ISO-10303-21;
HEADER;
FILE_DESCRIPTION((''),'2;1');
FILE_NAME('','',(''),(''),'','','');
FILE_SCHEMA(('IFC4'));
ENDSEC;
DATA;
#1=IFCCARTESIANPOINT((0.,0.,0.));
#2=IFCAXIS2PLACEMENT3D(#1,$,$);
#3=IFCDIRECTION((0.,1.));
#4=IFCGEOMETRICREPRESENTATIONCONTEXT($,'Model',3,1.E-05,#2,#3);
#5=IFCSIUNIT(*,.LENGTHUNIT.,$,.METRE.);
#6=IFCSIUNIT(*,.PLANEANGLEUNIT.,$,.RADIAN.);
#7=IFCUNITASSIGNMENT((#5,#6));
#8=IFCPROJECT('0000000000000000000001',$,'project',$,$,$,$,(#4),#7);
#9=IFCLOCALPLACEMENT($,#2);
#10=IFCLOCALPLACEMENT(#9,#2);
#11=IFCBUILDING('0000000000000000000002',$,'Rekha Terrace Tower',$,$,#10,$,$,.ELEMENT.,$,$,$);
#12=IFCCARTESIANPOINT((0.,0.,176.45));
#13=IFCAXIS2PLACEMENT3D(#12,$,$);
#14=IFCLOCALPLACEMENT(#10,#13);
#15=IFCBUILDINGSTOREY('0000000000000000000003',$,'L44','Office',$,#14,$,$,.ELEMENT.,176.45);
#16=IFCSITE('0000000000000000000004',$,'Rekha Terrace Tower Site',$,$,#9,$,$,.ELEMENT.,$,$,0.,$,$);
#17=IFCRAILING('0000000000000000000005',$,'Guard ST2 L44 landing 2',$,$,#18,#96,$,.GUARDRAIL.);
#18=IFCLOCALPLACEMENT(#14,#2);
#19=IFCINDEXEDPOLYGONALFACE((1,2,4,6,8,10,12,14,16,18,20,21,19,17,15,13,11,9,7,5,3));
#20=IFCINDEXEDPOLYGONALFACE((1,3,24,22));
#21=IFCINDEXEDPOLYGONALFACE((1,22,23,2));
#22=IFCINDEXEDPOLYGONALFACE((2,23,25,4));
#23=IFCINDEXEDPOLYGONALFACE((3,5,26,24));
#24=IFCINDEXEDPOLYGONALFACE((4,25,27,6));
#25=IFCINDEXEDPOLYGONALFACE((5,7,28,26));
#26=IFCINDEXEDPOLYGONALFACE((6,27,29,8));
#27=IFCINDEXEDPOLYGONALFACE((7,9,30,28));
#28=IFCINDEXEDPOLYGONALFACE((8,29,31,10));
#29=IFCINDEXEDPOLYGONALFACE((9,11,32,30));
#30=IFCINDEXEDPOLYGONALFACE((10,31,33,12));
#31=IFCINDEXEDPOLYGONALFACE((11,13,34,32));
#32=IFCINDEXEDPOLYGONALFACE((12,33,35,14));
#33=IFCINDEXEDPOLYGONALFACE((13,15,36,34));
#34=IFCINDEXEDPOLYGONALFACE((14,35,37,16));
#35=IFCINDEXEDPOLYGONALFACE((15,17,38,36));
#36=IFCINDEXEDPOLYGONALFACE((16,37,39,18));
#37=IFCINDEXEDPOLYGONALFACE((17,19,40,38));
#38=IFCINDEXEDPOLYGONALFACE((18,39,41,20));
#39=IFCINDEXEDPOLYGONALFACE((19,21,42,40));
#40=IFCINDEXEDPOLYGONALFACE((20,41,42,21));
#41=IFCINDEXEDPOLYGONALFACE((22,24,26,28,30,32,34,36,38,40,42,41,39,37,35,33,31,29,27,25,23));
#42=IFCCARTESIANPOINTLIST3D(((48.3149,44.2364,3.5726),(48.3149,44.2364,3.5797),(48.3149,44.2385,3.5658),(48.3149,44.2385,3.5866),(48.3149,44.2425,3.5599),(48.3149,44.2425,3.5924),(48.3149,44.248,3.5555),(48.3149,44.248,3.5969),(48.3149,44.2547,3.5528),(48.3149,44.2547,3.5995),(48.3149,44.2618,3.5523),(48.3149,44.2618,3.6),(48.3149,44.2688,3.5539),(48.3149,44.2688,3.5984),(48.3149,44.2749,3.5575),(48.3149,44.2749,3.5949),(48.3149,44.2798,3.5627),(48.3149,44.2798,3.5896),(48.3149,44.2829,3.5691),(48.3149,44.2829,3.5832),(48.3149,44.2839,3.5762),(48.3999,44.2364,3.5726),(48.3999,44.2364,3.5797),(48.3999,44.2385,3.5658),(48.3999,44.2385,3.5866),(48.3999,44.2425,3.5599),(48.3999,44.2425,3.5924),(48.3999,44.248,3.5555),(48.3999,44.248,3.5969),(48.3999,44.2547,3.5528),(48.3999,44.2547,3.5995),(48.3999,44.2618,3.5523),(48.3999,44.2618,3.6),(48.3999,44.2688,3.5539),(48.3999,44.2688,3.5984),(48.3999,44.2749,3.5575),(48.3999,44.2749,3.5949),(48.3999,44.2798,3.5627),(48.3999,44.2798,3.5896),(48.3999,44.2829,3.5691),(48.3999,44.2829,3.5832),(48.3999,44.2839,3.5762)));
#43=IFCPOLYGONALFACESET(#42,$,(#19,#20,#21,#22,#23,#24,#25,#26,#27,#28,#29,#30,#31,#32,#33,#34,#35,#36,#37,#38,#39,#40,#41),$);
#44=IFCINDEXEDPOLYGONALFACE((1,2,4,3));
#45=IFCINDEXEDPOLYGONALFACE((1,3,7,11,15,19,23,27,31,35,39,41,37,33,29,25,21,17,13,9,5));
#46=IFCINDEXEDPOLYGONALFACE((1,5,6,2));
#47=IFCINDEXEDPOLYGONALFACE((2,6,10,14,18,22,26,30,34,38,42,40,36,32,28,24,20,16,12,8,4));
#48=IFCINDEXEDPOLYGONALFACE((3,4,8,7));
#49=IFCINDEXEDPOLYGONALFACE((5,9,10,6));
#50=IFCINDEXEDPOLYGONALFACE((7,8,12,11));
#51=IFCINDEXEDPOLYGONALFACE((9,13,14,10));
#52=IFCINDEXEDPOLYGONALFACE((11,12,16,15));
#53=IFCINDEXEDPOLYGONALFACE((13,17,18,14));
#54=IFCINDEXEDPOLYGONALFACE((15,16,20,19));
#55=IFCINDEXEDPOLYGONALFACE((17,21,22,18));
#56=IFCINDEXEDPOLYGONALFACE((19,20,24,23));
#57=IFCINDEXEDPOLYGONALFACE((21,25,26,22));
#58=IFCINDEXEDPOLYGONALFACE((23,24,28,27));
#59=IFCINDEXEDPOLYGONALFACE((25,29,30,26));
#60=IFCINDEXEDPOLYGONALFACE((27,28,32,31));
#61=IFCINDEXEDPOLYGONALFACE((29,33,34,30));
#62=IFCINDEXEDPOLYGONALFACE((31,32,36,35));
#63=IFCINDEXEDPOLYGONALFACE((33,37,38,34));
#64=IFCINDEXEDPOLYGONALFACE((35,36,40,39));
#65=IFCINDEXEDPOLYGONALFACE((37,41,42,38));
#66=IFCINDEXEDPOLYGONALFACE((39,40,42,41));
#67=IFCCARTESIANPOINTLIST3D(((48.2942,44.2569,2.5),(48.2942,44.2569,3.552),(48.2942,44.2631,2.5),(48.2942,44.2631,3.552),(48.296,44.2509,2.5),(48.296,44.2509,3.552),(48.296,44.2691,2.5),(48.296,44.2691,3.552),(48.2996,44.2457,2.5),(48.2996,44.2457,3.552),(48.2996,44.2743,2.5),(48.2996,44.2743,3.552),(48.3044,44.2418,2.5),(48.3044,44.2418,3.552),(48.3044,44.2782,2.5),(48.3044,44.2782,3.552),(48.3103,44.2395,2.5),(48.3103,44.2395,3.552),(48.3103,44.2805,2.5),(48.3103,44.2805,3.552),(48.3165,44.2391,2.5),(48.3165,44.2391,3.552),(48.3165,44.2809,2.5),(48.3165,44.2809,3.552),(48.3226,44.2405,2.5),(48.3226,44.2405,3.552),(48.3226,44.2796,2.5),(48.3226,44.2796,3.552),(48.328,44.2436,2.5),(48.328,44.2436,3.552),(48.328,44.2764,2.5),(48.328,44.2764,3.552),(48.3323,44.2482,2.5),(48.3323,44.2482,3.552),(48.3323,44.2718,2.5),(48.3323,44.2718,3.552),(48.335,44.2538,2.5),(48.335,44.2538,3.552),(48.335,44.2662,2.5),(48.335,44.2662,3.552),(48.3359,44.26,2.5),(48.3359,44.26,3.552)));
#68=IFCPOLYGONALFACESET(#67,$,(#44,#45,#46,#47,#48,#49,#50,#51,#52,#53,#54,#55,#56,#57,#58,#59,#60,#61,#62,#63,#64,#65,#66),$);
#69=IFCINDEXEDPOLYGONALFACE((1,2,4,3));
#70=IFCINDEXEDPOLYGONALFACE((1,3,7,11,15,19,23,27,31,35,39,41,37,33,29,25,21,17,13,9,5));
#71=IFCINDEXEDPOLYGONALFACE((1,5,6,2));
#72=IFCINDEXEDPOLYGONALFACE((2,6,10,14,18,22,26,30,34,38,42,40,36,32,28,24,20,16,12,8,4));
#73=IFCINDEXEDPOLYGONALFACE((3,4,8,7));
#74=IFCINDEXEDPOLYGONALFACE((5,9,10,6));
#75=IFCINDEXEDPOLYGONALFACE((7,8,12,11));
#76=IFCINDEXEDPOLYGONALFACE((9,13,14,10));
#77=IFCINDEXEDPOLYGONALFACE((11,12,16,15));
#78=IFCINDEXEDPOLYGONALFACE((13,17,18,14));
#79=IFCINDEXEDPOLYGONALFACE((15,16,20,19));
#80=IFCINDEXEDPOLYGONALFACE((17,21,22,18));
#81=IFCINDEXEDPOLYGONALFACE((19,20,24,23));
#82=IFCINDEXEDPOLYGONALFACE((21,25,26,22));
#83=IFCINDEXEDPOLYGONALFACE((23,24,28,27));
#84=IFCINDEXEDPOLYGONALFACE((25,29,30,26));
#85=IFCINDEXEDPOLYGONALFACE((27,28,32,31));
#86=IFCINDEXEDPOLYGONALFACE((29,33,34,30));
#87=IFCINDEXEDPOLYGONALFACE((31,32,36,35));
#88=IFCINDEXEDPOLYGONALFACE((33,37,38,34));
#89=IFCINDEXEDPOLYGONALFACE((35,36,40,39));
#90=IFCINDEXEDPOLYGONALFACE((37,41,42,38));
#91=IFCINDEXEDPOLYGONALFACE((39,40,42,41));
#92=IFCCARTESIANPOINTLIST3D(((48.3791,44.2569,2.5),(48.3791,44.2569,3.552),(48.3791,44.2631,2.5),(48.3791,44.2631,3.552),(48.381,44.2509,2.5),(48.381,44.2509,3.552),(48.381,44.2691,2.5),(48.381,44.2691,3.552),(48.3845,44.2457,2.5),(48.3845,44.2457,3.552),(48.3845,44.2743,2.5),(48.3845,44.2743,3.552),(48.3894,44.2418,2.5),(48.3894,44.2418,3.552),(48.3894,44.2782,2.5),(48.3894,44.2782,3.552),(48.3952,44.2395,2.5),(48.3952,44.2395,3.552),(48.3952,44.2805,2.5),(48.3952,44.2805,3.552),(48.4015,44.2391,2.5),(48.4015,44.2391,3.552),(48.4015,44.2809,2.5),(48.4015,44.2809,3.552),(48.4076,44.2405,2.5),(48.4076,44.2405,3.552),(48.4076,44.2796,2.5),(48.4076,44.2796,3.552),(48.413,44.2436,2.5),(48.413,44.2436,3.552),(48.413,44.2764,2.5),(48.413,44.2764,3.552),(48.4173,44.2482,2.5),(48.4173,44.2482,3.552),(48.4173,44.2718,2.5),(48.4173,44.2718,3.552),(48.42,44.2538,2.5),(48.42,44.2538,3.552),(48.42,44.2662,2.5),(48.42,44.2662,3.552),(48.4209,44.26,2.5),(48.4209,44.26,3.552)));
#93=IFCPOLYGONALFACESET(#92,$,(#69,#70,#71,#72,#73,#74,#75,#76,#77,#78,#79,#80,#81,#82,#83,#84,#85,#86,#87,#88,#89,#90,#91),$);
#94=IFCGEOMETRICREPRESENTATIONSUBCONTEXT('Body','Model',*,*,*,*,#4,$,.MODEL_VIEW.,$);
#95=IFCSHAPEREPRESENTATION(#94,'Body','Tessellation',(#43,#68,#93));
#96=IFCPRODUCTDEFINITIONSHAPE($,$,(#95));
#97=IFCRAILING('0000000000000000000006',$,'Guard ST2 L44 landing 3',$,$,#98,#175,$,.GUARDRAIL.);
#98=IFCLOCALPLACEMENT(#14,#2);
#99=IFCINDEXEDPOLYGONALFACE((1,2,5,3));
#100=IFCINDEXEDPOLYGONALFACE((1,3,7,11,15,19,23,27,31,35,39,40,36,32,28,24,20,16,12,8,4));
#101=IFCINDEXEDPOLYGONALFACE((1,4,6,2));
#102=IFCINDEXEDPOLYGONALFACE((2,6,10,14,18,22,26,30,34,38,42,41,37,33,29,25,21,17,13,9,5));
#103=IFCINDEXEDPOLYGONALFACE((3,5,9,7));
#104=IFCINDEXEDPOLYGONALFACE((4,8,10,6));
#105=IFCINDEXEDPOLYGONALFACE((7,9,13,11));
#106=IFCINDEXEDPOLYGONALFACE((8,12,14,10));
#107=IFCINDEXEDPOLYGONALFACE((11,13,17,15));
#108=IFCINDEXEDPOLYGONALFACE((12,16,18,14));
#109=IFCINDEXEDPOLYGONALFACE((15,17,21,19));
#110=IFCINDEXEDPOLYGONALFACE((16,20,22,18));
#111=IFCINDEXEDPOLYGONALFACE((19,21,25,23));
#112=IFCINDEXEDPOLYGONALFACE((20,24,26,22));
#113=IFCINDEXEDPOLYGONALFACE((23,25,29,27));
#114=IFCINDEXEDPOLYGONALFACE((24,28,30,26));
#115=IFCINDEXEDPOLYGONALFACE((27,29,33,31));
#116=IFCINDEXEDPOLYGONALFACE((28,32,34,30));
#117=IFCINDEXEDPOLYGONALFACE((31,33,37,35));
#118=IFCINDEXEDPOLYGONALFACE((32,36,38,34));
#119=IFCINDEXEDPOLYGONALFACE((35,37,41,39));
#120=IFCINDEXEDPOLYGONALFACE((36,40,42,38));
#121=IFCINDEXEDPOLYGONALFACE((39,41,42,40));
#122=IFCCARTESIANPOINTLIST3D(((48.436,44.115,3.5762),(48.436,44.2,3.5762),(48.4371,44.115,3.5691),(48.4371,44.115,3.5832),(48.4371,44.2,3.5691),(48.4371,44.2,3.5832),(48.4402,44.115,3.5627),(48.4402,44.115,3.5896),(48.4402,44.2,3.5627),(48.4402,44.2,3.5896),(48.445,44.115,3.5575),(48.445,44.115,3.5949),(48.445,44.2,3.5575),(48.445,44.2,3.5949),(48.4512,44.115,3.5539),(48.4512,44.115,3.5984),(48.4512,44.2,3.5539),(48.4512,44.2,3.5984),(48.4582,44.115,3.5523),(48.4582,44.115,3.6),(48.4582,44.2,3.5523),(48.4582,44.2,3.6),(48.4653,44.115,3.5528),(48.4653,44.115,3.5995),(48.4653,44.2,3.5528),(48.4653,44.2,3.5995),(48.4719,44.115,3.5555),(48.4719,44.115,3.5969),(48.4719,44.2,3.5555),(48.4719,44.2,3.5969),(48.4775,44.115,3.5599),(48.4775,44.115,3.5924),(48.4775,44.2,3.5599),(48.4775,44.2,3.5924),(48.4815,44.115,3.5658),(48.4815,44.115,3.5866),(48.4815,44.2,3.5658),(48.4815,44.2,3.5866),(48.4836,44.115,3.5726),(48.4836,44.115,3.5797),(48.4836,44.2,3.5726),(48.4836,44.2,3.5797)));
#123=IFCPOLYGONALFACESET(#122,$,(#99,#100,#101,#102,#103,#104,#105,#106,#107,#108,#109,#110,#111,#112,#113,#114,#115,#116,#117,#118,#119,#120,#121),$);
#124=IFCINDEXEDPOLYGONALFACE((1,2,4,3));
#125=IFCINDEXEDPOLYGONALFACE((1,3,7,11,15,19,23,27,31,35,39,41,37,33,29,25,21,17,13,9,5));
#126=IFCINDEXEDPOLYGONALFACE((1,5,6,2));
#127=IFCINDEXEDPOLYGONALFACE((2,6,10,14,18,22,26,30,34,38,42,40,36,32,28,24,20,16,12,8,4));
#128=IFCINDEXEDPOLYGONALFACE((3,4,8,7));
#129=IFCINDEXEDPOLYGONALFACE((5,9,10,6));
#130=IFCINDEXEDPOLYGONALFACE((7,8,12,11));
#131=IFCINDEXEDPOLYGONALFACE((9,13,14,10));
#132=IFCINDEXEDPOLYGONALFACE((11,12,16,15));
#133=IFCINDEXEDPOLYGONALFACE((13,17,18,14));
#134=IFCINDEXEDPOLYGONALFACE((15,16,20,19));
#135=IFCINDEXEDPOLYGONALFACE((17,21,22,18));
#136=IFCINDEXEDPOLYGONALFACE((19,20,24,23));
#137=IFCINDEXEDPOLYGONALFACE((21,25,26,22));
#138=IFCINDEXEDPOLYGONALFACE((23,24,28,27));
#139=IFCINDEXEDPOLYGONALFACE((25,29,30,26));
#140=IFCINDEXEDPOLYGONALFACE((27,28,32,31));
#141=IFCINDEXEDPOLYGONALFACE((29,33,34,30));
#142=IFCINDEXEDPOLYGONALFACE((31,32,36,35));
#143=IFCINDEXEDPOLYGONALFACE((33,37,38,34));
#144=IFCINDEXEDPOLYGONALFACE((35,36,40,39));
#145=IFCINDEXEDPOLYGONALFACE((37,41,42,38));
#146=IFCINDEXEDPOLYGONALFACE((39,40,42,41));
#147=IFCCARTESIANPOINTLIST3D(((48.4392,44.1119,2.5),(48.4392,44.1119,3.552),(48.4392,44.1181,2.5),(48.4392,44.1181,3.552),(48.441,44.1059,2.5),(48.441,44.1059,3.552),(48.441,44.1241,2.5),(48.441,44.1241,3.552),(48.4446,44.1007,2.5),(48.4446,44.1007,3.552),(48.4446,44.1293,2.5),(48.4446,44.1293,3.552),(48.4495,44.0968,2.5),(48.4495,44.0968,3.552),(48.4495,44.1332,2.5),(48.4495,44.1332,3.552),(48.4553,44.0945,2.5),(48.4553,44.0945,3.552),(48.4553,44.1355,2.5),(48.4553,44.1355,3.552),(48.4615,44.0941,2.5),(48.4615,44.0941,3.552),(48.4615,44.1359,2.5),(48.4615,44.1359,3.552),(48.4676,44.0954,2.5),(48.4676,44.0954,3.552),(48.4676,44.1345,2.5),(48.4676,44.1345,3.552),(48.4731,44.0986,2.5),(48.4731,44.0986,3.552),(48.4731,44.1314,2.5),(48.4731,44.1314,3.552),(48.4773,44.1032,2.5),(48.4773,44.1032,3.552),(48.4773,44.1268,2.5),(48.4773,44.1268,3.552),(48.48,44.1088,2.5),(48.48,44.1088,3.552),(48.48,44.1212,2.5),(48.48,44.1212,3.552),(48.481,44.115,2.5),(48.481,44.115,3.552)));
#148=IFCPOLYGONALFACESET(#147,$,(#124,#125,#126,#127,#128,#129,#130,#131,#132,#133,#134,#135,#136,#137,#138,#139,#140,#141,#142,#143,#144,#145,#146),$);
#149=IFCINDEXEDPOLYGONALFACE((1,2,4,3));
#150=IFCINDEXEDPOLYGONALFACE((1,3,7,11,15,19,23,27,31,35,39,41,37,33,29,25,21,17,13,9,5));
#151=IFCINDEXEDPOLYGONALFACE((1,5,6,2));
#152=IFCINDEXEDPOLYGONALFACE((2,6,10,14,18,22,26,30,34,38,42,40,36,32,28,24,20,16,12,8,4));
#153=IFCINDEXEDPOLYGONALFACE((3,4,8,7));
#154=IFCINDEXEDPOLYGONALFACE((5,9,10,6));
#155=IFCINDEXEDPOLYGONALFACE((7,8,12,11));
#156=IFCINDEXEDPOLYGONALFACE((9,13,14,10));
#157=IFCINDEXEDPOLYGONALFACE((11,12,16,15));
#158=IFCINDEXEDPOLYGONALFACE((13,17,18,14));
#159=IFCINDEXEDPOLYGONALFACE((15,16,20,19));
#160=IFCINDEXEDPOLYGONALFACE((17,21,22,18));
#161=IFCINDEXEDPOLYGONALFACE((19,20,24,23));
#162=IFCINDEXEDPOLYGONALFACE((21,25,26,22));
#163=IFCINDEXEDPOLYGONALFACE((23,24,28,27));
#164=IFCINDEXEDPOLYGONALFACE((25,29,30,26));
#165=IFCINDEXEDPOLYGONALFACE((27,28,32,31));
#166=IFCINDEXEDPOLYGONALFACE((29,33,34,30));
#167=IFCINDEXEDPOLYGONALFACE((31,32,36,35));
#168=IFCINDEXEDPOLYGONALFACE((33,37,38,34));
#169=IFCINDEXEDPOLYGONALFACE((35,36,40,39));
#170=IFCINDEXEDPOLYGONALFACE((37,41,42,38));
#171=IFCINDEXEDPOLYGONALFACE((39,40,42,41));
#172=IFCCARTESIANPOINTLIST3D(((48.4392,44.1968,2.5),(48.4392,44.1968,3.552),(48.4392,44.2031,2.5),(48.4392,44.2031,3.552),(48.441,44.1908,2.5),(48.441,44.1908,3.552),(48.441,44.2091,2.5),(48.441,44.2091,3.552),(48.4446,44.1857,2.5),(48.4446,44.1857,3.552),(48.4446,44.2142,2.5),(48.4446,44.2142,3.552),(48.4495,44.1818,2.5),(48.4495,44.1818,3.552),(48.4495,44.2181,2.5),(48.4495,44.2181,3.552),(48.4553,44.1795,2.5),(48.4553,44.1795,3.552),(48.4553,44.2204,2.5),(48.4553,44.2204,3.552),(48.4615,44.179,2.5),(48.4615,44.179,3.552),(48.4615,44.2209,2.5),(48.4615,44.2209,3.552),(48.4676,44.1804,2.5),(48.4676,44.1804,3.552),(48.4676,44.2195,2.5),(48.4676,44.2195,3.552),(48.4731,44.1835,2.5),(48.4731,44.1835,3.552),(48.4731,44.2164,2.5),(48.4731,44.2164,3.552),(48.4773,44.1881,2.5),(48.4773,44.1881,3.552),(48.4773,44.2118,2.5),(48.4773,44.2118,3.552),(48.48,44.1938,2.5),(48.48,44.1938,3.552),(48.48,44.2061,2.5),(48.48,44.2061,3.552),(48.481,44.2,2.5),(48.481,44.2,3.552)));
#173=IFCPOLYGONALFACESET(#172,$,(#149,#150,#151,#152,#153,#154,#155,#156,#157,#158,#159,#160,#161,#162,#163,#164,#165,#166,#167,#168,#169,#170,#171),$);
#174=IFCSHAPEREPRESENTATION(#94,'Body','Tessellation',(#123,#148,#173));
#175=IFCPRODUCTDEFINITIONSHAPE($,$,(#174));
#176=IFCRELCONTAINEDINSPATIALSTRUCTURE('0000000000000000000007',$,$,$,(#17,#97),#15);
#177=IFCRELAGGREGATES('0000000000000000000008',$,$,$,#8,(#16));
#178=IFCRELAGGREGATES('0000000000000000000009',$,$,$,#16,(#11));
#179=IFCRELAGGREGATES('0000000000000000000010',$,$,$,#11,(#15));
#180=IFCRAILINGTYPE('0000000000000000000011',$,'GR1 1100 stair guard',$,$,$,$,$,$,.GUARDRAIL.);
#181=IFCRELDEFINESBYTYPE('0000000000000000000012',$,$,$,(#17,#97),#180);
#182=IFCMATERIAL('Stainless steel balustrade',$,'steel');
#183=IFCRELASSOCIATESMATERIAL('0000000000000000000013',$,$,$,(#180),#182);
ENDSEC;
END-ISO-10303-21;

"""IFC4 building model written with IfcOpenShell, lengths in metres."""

from ifc_helpers import new_model, si_unit, direction, frame, origin, origin_2d, place, context, subcontext, project, spatial, circle, extrude, material, type_object, element, save


model = new_model("IFC4")

# Units and contexts
model_context = context("Model", 3, precision=1e-05, world=origin(), true_north=direction((0.0, 1.0)))
body_context = subcontext(model_context, "Body", "Model", "MODEL_VIEW")
ifc_project = project(units=[si_unit("LENGTHUNIT", "METRE"), si_unit("PLANEANGLEUNIT", "RADIAN")], contexts=[model_context])

# Site, building, storey
site_placement = place(None, origin())
site = spatial("IfcSite", under=ifc_project, at=site_placement, Name="Rekha Terrace Tower Site", CompositionType="ELEMENT", RefElevation=0.0)
building_placement = place(site_placement, origin())
building = spatial("IfcBuilding", under=site, at=building_placement, Name="Rekha Terrace Tower", CompositionType="ELEMENT")
storey_placement = place(building_placement, frame((0.0, 0.0, 176.45)))
storey = spatial("IfcBuildingStorey", under=building, at=storey_placement, Name="L44", Description="Office", CompositionType="ELEMENT", Elevation=176.45)

# Railings
ifc_material_1 = material(Name="Stainless steel balustrade", Category="steel")
railing_type_1 = type_object("IfcRailingType", Name="GR1 1100 stair guard", PredefinedType="GUARDRAIL", material=ifc_material_1)
railing_1_placement = place(storey_placement, frame((48.3149, 44.26, 2.5)))
element("IfcRailing", 1, at=railing_1_placement, inside=storey, type_object=railing_type_1, Name="Guard ST2 L44 landing 2", PredefinedType="GUARDRAIL", context=body_context, shape_type="SweptSolid", body=[
    extrude(circle(Radius=0.0239, at=origin_2d()), frame((0.0, 0.0, 1.0762), z_axis=(1.0, 0.0, 0.0), x_axis=(0.0, 1.0, 0.0)), (0.0, 0.0, 1.0), 0.085),
    extrude(circle(Radius=0.021, at=origin_2d()), origin(), (0.0, 0.0, 1.0), 1.052),
    extrude(circle(Radius=0.021, at=origin_2d()), frame((0.085, 0.0, 0.0)), (0.0, 0.0, 1.0), 1.052),
])
railing_2_placement = place(storey_placement, frame((48.46, 44.115, 2.5)))
element("IfcRailing", 2, at=railing_2_placement, inside=storey, type_object=railing_type_1, Name="Guard ST2 L44 landing 3", PredefinedType="GUARDRAIL", context=body_context, shape_type="SweptSolid", body=[
    extrude(circle(Radius=0.0239, at=origin_2d()), frame((0.0, 0.0, 1.0762), z_axis=(0.0, 1.0, 0.0), x_axis=(-1.0, 0.0, 0.0)), (0.0, 0.0, 1.0), 0.085),
    extrude(circle(Radius=0.021, at=origin_2d()), origin(), (0.0, 0.0, 1.0), 1.052),
    extrude(circle(Radius=0.021, at=origin_2d()), frame((0.0, 0.085, 0.0)), (0.0, 0.0, 1.0), 1.052),
])

save(model, "model.ifc")
